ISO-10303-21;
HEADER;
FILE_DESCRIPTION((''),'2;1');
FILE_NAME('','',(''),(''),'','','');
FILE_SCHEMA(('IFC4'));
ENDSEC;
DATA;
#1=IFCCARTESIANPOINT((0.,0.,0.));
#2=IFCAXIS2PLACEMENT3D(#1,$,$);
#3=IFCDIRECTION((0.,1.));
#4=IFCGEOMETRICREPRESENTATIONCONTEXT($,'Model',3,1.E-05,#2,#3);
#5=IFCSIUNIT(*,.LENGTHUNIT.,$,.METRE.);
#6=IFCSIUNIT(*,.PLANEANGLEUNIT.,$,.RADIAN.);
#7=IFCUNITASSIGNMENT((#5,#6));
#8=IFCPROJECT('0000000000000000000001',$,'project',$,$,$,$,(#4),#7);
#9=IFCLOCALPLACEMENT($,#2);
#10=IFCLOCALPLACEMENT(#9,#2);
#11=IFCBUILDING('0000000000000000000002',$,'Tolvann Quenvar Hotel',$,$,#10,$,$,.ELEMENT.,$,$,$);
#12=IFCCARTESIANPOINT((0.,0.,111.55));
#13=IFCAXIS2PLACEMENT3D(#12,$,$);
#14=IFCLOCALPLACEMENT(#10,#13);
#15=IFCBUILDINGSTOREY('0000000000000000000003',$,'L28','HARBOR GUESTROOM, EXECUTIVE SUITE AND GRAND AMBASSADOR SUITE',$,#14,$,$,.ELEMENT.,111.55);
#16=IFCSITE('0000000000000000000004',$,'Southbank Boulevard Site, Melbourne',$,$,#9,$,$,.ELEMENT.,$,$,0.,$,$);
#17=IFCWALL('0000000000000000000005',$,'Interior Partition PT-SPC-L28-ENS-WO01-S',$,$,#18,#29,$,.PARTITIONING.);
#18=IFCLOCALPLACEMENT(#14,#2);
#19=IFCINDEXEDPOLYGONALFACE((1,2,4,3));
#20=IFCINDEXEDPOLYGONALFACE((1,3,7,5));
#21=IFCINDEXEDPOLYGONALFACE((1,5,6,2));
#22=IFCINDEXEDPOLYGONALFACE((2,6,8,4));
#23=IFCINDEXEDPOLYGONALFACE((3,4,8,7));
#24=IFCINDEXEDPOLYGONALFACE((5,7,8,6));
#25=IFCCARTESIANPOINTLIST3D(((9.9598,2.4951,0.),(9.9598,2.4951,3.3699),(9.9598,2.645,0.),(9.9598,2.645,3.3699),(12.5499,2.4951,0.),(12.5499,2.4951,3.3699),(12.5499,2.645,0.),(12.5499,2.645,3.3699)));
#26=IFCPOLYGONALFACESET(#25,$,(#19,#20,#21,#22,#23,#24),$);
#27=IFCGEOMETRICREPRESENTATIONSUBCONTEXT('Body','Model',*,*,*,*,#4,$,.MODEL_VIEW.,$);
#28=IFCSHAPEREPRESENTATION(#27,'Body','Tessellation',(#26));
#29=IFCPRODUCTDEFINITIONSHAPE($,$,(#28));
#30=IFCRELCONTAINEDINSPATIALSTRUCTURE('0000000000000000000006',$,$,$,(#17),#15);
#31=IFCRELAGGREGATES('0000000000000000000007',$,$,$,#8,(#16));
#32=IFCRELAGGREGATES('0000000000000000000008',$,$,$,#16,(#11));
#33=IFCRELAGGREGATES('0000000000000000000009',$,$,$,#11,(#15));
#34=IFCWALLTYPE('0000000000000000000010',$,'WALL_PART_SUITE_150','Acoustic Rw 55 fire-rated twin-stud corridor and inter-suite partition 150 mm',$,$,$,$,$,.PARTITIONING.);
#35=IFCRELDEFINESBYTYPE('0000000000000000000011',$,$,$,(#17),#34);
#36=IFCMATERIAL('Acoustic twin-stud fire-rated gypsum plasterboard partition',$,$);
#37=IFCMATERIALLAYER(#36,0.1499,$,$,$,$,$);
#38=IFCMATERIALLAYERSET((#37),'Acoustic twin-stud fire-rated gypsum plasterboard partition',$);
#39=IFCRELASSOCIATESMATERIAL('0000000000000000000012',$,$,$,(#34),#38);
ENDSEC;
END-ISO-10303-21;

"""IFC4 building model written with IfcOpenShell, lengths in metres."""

from ifc_helpers import new_model, si_unit, direction, frame, frame_2d, origin, place, context, subcontext, project, spatial, rectangle, extrude, material, layer, layer_set, type_object, element, save


model = new_model("IFC4")

# Units and contexts
model_context = context("Model", 3, precision=1e-05, world=origin(), true_north=direction((0.0, 1.0)))
body_context = subcontext(model_context, "Body", "Model", "MODEL_VIEW")
ifc_project = project(units=[si_unit("LENGTHUNIT", "METRE"), si_unit("PLANEANGLEUNIT", "RADIAN")], contexts=[model_context])

# Site, building, storey
site_placement = place(None, origin())
site = spatial("IfcSite", under=ifc_project, at=site_placement, Name="Southbank Boulevard Site, Melbourne", CompositionType="ELEMENT", RefElevation=0.0)
building_placement = place(site_placement, origin())
building = spatial("IfcBuilding", under=site, at=building_placement, Name="Tolvann Quenvar Hotel", CompositionType="ELEMENT")
storey_placement = place(building_placement, frame((0.0, 0.0, 111.55)))
storey = spatial("IfcBuildingStorey", under=building, at=storey_placement, Name="L28", Description="HARBOR GUESTROOM, EXECUTIVE SUITE AND GRAND AMBASSADOR SUITE", CompositionType="ELEMENT", Elevation=111.55)

# Wall
ifc_material_1 = material(Name="Acoustic twin-stud fire-rated gypsum plasterboard partition")
ifc_layer_1 = layer(ifc_material_1, 0.1499)
ifc_layer_set_1 = layer_set([ifc_layer_1], Name="Acoustic twin-stud fire-rated gypsum plasterboard partition")
wall_type_1 = type_object("IfcWallType", Name="WALL_PART_SUITE_150", Description="Acoustic Rw 55 fire-rated twin-stud corridor and inter-suite partition 150 mm", PredefinedType="PARTITIONING", material=ifc_layer_set_1)
wall_1_placement = place(storey_placement, frame((9.96, 2.5701, 0.0), z_axis=(0.0, 0.0, 1.0), x_axis=(1.0, 0.0, 0.0)))
element("IfcWall", 1, at=wall_1_placement, inside=storey, type_object=wall_type_1, Name="Interior Partition PT-SPC-L28-ENS-WO01-S", PredefinedType="PARTITIONING", context=body_context, shape_type="SweptSolid", body=[
    extrude(rectangle(XDim=2.5901, YDim=0.1499, at=frame_2d((1.2949, 0.0))), origin(), (0.0, 0.0, 1.0), 3.3699),
])

save(model, "model.ifc")
